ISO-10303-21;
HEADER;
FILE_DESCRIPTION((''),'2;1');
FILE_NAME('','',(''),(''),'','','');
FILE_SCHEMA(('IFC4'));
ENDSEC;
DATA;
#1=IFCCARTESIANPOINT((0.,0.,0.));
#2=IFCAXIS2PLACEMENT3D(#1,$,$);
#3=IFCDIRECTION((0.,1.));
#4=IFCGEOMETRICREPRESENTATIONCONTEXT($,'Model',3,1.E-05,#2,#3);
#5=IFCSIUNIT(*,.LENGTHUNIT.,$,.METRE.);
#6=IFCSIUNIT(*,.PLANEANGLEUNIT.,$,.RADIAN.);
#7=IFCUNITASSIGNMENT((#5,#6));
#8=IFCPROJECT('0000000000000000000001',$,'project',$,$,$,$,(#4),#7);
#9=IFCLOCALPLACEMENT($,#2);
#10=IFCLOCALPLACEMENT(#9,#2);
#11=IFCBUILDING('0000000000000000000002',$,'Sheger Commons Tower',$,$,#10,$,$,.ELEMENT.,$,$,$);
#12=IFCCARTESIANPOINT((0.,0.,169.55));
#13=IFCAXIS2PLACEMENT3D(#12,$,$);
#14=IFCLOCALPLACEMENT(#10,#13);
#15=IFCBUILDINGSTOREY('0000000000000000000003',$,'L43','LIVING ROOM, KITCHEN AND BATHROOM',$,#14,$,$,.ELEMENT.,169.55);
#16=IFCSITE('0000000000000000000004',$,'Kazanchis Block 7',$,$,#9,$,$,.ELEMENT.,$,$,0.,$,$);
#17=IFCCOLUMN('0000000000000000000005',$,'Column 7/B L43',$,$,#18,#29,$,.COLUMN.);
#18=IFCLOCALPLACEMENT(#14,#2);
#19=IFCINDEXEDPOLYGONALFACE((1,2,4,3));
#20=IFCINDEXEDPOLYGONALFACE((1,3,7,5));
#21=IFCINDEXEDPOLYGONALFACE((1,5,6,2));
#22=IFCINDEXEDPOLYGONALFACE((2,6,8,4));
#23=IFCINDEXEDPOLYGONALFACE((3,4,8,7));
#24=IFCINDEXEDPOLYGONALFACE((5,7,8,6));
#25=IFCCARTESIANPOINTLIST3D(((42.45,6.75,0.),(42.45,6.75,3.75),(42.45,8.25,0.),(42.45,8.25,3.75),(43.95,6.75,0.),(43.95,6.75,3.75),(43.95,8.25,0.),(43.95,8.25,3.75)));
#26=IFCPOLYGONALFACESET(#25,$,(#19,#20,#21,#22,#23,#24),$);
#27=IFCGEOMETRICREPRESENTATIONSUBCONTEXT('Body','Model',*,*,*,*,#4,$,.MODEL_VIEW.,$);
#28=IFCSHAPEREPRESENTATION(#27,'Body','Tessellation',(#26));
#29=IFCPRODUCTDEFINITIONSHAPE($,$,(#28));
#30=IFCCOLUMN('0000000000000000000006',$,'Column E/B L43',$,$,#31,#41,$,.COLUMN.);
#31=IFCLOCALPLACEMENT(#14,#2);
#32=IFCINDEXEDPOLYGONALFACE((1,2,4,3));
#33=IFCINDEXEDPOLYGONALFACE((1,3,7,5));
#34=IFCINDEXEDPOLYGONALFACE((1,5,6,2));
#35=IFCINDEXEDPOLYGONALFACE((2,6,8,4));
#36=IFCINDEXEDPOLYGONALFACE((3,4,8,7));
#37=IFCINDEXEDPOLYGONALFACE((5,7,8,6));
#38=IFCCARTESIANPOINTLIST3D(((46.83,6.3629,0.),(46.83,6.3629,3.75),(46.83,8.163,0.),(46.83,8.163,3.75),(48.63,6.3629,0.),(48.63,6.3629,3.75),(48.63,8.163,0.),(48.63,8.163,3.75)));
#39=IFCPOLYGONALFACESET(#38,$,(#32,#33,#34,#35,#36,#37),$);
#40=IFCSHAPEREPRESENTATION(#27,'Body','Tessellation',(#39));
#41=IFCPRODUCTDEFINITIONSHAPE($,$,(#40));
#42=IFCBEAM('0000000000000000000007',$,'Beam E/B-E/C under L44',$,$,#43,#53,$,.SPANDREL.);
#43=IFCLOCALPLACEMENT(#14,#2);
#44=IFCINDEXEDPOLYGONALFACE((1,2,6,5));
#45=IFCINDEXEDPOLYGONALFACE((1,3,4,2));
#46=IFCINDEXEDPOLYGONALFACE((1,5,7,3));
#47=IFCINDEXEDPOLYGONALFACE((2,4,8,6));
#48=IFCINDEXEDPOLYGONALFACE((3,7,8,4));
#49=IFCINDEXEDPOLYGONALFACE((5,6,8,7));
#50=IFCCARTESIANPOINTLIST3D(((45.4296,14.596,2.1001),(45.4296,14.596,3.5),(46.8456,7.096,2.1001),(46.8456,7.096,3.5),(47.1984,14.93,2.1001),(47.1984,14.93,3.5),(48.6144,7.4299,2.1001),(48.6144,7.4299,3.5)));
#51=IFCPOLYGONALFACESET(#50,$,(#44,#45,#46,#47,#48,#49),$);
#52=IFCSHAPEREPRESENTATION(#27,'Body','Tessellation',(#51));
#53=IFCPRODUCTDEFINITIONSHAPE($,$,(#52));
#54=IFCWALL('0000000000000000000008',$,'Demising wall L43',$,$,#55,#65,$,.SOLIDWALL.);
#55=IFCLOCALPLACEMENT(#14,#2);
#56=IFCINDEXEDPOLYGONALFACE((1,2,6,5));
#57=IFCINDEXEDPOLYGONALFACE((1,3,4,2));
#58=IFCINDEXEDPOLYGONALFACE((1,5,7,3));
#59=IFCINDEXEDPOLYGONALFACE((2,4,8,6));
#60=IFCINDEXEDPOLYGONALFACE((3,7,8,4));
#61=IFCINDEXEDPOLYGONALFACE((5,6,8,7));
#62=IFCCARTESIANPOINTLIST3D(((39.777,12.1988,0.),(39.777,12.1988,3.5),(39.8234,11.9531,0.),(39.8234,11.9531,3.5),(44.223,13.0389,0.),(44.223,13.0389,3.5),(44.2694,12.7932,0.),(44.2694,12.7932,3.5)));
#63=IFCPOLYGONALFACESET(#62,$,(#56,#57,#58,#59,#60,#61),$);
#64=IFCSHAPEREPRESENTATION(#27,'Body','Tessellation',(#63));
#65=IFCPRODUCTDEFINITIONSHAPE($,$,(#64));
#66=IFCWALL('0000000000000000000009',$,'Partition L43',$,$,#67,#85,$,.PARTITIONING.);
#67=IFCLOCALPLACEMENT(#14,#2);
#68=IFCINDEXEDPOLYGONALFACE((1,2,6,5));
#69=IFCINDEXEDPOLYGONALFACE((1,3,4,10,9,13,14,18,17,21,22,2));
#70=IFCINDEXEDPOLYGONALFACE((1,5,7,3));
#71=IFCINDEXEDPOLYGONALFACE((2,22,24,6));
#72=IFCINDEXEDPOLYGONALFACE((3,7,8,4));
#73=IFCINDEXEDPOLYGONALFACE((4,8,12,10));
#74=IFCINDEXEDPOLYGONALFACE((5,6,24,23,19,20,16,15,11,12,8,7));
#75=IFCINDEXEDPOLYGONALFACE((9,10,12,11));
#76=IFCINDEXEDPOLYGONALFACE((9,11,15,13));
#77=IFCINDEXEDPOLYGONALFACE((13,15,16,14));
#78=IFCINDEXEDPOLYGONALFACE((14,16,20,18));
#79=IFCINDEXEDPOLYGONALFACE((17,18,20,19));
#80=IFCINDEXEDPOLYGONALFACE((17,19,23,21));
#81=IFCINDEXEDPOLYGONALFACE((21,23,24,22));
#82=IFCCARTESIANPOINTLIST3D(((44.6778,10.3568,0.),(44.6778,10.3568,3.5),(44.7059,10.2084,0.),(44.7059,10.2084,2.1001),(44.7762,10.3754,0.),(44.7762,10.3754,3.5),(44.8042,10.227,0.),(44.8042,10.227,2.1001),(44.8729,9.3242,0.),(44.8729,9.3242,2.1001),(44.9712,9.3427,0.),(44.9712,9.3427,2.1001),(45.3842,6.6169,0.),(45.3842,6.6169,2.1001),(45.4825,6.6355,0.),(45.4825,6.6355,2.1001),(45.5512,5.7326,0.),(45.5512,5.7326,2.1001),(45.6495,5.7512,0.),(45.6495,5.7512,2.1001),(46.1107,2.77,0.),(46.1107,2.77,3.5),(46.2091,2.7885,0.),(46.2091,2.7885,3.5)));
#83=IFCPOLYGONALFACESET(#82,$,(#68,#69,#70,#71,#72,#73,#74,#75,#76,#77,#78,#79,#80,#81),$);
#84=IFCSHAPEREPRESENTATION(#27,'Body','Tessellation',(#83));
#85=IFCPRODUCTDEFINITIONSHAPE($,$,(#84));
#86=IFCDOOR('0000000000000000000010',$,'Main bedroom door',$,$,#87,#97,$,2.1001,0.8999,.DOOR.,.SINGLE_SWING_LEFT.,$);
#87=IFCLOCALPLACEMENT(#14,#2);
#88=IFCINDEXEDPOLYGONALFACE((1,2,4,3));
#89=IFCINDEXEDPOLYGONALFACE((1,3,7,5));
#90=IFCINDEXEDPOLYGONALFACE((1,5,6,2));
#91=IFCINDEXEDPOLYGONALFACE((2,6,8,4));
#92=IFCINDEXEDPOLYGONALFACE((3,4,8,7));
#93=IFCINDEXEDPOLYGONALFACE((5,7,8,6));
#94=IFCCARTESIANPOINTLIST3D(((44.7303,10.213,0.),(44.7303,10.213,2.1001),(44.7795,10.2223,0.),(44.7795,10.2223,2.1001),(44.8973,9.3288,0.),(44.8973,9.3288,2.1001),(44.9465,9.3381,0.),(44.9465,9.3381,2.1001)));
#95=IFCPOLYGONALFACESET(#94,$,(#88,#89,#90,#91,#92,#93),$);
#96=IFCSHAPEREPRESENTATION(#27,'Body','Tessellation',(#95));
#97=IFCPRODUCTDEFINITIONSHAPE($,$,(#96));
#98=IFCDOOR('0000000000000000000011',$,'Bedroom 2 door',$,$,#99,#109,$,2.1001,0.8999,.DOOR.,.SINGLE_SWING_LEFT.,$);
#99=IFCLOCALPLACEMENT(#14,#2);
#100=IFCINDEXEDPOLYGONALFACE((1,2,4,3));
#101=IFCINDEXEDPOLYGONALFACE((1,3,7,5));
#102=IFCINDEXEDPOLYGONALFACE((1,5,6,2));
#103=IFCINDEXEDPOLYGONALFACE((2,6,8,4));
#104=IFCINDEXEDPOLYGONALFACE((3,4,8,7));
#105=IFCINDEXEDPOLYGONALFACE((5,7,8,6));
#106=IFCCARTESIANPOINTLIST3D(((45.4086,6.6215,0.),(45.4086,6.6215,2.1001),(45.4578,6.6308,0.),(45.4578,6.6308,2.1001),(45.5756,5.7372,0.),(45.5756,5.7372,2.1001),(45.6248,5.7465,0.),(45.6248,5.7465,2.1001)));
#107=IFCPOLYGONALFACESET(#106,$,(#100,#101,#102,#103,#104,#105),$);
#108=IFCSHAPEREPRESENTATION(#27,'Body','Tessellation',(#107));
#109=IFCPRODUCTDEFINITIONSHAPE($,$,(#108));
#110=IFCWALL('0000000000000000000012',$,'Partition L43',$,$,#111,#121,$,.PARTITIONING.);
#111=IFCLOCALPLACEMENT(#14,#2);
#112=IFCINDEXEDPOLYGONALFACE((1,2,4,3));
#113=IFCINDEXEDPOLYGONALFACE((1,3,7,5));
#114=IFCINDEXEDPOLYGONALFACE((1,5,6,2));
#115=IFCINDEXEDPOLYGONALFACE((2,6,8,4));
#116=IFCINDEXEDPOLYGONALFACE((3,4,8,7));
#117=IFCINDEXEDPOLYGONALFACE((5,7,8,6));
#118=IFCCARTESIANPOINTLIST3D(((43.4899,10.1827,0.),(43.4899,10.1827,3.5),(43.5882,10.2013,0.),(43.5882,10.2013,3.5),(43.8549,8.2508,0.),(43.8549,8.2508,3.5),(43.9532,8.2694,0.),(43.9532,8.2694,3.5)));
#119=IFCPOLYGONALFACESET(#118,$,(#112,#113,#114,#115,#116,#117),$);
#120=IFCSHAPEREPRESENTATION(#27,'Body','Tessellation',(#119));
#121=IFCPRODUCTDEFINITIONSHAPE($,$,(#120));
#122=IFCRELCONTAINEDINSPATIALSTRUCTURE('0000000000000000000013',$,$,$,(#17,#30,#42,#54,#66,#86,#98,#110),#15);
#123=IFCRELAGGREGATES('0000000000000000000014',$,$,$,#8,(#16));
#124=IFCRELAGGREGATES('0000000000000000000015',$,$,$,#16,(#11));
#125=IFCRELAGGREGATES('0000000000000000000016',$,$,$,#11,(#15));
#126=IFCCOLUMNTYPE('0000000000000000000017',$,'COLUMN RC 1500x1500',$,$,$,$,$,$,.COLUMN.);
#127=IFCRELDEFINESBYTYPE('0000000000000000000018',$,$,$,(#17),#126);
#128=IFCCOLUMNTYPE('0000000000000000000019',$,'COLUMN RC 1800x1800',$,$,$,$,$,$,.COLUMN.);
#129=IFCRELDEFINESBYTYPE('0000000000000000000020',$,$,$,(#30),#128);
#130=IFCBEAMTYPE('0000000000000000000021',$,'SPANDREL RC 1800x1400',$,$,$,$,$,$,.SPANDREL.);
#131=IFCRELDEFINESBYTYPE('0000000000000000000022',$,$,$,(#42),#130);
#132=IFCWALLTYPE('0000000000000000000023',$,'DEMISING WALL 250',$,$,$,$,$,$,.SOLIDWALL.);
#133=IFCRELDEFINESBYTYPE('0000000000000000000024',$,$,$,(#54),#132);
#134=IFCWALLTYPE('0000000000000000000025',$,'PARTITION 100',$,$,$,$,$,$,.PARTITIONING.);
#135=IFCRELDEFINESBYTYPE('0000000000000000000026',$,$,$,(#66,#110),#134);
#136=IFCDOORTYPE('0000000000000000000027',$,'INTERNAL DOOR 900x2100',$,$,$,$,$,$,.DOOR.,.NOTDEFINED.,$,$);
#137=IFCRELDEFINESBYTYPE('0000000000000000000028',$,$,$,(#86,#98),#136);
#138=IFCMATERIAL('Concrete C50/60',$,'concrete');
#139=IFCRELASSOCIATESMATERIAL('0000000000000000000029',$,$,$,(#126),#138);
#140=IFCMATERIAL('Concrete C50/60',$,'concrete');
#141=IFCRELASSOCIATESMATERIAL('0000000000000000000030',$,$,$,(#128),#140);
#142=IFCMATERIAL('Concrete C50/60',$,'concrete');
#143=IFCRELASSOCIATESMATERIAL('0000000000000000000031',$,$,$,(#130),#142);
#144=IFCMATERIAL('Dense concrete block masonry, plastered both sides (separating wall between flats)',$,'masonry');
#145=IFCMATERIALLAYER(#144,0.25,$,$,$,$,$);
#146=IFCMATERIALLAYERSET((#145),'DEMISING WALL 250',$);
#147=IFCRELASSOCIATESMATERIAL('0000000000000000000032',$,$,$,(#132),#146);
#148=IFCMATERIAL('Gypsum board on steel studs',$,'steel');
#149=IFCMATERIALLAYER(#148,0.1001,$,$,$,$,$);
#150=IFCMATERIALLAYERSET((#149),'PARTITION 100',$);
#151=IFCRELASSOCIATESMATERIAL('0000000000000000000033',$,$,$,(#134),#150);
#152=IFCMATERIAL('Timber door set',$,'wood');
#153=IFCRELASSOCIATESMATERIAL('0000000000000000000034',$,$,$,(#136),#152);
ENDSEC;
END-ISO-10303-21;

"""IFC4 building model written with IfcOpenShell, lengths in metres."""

from ifc_helpers import new_model, si_unit, direction, frame, frame_2d, origin, origin_2d, place, context, subcontext, project, spatial, rectangle, extrude, material, layer, layer_set, material_profile, profile_set, type_object, element, fill, save


model = new_model("IFC4")

# Units and contexts
model_context = context("Model", 3, precision=1e-05, world=origin(), true_north=direction((0.0, 1.0)))
body_context = subcontext(model_context, "Body", "Model", "MODEL_VIEW")
ifc_project = project(units=[si_unit("LENGTHUNIT", "METRE"), si_unit("PLANEANGLEUNIT", "RADIAN")], contexts=[model_context])

# Site, building, storey
site_placement = place(None, origin())
site = spatial("IfcSite", under=ifc_project, at=site_placement, Name="Kazanchis Block 7", CompositionType="ELEMENT", RefElevation=0.0)
building_placement = place(site_placement, origin())
building = spatial("IfcBuilding", under=site, at=building_placement, Name="Sheger Commons Tower", CompositionType="ELEMENT")
storey_placement = place(building_placement, frame((0.0, 0.0, 169.55)))
storey = spatial("IfcBuildingStorey", under=building, at=storey_placement, Name="L43", Description="LIVING ROOM, KITCHEN AND BATHROOM", CompositionType="ELEMENT", Elevation=169.55)

# Columns
ifc_material_1 = material(Name="Concrete C50/60", Category="concrete")
ifc_material_profile_1 = material_profile(ifc_material_1, rectangle(XDim=1.5, YDim=1.5, at=origin_2d()), Name="RC 1500x1500")
ifc_profile_set_1 = profile_set([ifc_material_profile_1], Name="Concrete C50/60")
column_type_1 = type_object("IfcColumnType", Name="COLUMN RC 1500x1500", PredefinedType="COLUMN", material=ifc_profile_set_1)
column_1_placement = place(storey_placement, frame((43.2, 7.5, 0.0), z_axis=(0.0, 0.0, 1.0), x_axis=(1.0, 0.0, 0.0)))
element("IfcColumn", 1, at=column_1_placement, inside=storey, type_object=column_type_1, Name="Column 7/B L43", PredefinedType="COLUMN", context=body_context, shape_type="SweptSolid", body=[
    extrude(rectangle(XDim=1.5, YDim=1.5, at=origin_2d()), origin(), (0.0, 0.0, 1.0), 3.75),
])
ifc_material_2 = material(Name="Concrete C50/60", Category="concrete")
ifc_material_profile_2 = material_profile(ifc_material_2, rectangle(XDim=1.8, YDim=1.8, at=origin_2d()), Name="RC 1800x1800")
ifc_profile_set_2 = profile_set([ifc_material_profile_2], Name="Concrete C50/60")
column_type_2 = type_object("IfcColumnType", Name="COLUMN RC 1800x1800", PredefinedType="COLUMN", material=ifc_profile_set_2)
column_2_placement = place(storey_placement, frame((47.73, 7.2629, 0.0), z_axis=(0.0, 0.0, 1.0), x_axis=(1.0, 0.0, 0.0)))
element("IfcColumn", 2, at=column_2_placement, inside=storey, type_object=column_type_2, Name="Column E/B L43", PredefinedType="COLUMN", context=body_context, shape_type="SweptSolid", body=[
    extrude(rectangle(XDim=1.8, YDim=1.8, at=origin_2d()), origin(), (0.0, 0.0, 1.0), 3.75),
])

# Beam
ifc_material_3 = material(Name="Concrete C50/60", Category="concrete")
ifc_material_profile_3 = material_profile(ifc_material_3, rectangle(XDim=1.8, YDim=1.3999, at=origin_2d()), Name="RC 1800x1400")
ifc_profile_set_3 = profile_set([ifc_material_profile_3], Name="Concrete C50/60")
beam_type = type_object("IfcBeamType", Name="SPANDREL RC 1800x1400", PredefinedType="SPANDREL", material=ifc_profile_set_3)
beam_placement = place(storey_placement, frame((47.73, 7.2629, 2.8), z_axis=(-0.185524, 0.98264, 0.0), x_axis=(-0.98264, -0.185524, 0.0)))
element("IfcBeam", 3, at=beam_placement, inside=storey, type_object=beam_type, Name="Beam E/B-E/C under L44", PredefinedType="SPANDREL", context=body_context, shape_type="SweptSolid", body=[
    extrude(rectangle(XDim=1.8, YDim=1.3999, at=origin_2d()), origin(), (0.0, 0.0, 1.0), 7.6326),
])

# Wall
ifc_material_4 = material(Name="Dense concrete block masonry, plastered both sides (separating wall between flats)", Category="masonry")
ifc_layer_1 = layer(ifc_material_4, 0.25)
ifc_layer_set_1 = layer_set([ifc_layer_1], Name="DEMISING WALL 250")
wall_type_1 = type_object("IfcWallType", Name="DEMISING WALL 250", PredefinedType="SOLIDWALL", material=ifc_layer_set_1)
wall_1_placement = place(storey_placement, frame((44.2461, 12.916, 0.0), z_axis=(0.0, 0.0, 1.0), x_axis=(-0.982613, -0.185666, 0.0)))
element("IfcWall", 4, at=wall_1_placement, inside=storey, type_object=wall_type_1, Name="Demising wall L43", PredefinedType="SOLIDWALL", context=body_context, shape_type="SweptSolid", body=[
    extrude(rectangle(XDim=4.5247, YDim=0.25, at=frame_2d((2.2622, 0.0))), origin(), (0.0, 0.0, 1.0), 3.5),
])

# Wall, openings, doors
ifc_material_5 = material(Name="Gypsum board on steel studs", Category="steel")
ifc_layer_2 = layer(ifc_material_5, 0.1001)
ifc_layer_set_2 = layer_set([ifc_layer_2], Name="PARTITION 100")
wall_type_2 = type_object("IfcWallType", Name="PARTITION 100", PredefinedType="PARTITIONING", material=ifc_layer_set_2)
wall_2_placement = place(storey_placement, frame((44.7271, 10.366, 0.0), z_axis=(0.0, 0.0, 1.0), x_axis=(0.185579, -0.982629, 0.0)))
wall_2 = element("IfcWall", 5, at=wall_2_placement, inside=storey, type_object=wall_type_2, Name="Partition L43", PredefinedType="PARTITIONING", context=body_context, shape_type="SweptSolid", body=[
    extrude(rectangle(XDim=7.7209, YDim=0.1001, at=frame_2d((3.8604, 0.0))), origin(), (0.0, 0.0, 1.0), 3.5),
])
opening_1_placement = place(wall_2_placement, frame((0.1509, 0.0, 0.0)))
opening_1 = element("IfcOpeningElement", 6, at=opening_1_placement, cuts=wall_2, PredefinedType="OPENING", context=body_context, shape_type="SweptSolid", body=[
    extrude(rectangle(XDim=0.8999, YDim=2.1001, at=frame_2d((0.45, 1.05))), frame((0.0, 0.0601, 0.0), z_axis=(0.0, -1.0, 0.0), x_axis=(1.0, 0.0, 0.0)), (0.0, 0.0, 1.0), 0.1201),
])
opening_2_placement = place(wall_2_placement, frame((3.8059, 0.0, 0.0)))
opening_2 = element("IfcOpeningElement", 7, at=opening_2_placement, cuts=wall_2, PredefinedType="OPENING", context=body_context, shape_type="SweptSolid", body=[
    extrude(rectangle(XDim=0.8999, YDim=2.1001, at=frame_2d((0.45, 1.05))), frame((0.0, 0.0601, 0.0), z_axis=(0.0, -1.0, 0.0), x_axis=(1.0, 0.0, 0.0)), (0.0, 0.0, 1.0), 0.1201),
])
ifc_material_6 = material(Name="Timber door set", Category="wood")
door_type = type_object("IfcDoorType", Name="INTERNAL DOOR 900x2100", OperationType="NOTDEFINED", PredefinedType="DOOR", material=ifc_material_6)
door_1_placement = place(opening_1_placement, origin())
door_1 = element("IfcDoor", 8, at=door_1_placement, inside=storey, type_object=door_type, Name="Main bedroom door", OperationType="SINGLE_SWING_LEFT", OverallHeight=2.1001, OverallWidth=0.8999, PredefinedType="DOOR", context=body_context, shape_type="SweptSolid", body=[
    extrude(rectangle(XDim=0.8999, YDim=2.1001, at=frame_2d((0.45, 1.05))), frame((0.0, 0.0249, 0.0), z_axis=(0.0, -1.0, 0.0), x_axis=(1.0, 0.0, 0.0)), (0.0, 0.0, 1.0), 0.05),
])
fill(opening_1, door_1)
door_2_placement = place(opening_2_placement, origin())
door_2 = element("IfcDoor", 9, at=door_2_placement, inside=storey, type_object=door_type, Name="Bedroom 2 door", OperationType="SINGLE_SWING_LEFT", OverallHeight=2.1001, OverallWidth=0.8999, PredefinedType="DOOR", context=body_context, shape_type="SweptSolid", body=[
    extrude(rectangle(XDim=0.8999, YDim=2.1001, at=frame_2d((0.45, 1.05))), frame((0.0, 0.0249, 0.0), z_axis=(0.0, -1.0, 0.0), x_axis=(1.0, 0.0, 0.0)), (0.0, 0.0, 1.0), 0.05),
])
fill(opening_2, door_2)

# Wall
wall_3_placement = place(storey_placement, frame((43.5391, 10.1919, 0.0), z_axis=(0.0, 0.0, 1.0), x_axis=(0.185645, -0.982617, 0.0)))
element("IfcWall", 10, at=wall_3_placement, inside=storey, type_object=wall_type_2, Name="Partition L43", PredefinedType="PARTITIONING", context=body_context, shape_type="SweptSolid", body=[
    extrude(rectangle(XDim=1.9661, YDim=0.1001, at=frame_2d((0.9829, 0.0))), origin(), (0.0, 0.0, 1.0), 3.5),
])

save(model, "model.ifc")
